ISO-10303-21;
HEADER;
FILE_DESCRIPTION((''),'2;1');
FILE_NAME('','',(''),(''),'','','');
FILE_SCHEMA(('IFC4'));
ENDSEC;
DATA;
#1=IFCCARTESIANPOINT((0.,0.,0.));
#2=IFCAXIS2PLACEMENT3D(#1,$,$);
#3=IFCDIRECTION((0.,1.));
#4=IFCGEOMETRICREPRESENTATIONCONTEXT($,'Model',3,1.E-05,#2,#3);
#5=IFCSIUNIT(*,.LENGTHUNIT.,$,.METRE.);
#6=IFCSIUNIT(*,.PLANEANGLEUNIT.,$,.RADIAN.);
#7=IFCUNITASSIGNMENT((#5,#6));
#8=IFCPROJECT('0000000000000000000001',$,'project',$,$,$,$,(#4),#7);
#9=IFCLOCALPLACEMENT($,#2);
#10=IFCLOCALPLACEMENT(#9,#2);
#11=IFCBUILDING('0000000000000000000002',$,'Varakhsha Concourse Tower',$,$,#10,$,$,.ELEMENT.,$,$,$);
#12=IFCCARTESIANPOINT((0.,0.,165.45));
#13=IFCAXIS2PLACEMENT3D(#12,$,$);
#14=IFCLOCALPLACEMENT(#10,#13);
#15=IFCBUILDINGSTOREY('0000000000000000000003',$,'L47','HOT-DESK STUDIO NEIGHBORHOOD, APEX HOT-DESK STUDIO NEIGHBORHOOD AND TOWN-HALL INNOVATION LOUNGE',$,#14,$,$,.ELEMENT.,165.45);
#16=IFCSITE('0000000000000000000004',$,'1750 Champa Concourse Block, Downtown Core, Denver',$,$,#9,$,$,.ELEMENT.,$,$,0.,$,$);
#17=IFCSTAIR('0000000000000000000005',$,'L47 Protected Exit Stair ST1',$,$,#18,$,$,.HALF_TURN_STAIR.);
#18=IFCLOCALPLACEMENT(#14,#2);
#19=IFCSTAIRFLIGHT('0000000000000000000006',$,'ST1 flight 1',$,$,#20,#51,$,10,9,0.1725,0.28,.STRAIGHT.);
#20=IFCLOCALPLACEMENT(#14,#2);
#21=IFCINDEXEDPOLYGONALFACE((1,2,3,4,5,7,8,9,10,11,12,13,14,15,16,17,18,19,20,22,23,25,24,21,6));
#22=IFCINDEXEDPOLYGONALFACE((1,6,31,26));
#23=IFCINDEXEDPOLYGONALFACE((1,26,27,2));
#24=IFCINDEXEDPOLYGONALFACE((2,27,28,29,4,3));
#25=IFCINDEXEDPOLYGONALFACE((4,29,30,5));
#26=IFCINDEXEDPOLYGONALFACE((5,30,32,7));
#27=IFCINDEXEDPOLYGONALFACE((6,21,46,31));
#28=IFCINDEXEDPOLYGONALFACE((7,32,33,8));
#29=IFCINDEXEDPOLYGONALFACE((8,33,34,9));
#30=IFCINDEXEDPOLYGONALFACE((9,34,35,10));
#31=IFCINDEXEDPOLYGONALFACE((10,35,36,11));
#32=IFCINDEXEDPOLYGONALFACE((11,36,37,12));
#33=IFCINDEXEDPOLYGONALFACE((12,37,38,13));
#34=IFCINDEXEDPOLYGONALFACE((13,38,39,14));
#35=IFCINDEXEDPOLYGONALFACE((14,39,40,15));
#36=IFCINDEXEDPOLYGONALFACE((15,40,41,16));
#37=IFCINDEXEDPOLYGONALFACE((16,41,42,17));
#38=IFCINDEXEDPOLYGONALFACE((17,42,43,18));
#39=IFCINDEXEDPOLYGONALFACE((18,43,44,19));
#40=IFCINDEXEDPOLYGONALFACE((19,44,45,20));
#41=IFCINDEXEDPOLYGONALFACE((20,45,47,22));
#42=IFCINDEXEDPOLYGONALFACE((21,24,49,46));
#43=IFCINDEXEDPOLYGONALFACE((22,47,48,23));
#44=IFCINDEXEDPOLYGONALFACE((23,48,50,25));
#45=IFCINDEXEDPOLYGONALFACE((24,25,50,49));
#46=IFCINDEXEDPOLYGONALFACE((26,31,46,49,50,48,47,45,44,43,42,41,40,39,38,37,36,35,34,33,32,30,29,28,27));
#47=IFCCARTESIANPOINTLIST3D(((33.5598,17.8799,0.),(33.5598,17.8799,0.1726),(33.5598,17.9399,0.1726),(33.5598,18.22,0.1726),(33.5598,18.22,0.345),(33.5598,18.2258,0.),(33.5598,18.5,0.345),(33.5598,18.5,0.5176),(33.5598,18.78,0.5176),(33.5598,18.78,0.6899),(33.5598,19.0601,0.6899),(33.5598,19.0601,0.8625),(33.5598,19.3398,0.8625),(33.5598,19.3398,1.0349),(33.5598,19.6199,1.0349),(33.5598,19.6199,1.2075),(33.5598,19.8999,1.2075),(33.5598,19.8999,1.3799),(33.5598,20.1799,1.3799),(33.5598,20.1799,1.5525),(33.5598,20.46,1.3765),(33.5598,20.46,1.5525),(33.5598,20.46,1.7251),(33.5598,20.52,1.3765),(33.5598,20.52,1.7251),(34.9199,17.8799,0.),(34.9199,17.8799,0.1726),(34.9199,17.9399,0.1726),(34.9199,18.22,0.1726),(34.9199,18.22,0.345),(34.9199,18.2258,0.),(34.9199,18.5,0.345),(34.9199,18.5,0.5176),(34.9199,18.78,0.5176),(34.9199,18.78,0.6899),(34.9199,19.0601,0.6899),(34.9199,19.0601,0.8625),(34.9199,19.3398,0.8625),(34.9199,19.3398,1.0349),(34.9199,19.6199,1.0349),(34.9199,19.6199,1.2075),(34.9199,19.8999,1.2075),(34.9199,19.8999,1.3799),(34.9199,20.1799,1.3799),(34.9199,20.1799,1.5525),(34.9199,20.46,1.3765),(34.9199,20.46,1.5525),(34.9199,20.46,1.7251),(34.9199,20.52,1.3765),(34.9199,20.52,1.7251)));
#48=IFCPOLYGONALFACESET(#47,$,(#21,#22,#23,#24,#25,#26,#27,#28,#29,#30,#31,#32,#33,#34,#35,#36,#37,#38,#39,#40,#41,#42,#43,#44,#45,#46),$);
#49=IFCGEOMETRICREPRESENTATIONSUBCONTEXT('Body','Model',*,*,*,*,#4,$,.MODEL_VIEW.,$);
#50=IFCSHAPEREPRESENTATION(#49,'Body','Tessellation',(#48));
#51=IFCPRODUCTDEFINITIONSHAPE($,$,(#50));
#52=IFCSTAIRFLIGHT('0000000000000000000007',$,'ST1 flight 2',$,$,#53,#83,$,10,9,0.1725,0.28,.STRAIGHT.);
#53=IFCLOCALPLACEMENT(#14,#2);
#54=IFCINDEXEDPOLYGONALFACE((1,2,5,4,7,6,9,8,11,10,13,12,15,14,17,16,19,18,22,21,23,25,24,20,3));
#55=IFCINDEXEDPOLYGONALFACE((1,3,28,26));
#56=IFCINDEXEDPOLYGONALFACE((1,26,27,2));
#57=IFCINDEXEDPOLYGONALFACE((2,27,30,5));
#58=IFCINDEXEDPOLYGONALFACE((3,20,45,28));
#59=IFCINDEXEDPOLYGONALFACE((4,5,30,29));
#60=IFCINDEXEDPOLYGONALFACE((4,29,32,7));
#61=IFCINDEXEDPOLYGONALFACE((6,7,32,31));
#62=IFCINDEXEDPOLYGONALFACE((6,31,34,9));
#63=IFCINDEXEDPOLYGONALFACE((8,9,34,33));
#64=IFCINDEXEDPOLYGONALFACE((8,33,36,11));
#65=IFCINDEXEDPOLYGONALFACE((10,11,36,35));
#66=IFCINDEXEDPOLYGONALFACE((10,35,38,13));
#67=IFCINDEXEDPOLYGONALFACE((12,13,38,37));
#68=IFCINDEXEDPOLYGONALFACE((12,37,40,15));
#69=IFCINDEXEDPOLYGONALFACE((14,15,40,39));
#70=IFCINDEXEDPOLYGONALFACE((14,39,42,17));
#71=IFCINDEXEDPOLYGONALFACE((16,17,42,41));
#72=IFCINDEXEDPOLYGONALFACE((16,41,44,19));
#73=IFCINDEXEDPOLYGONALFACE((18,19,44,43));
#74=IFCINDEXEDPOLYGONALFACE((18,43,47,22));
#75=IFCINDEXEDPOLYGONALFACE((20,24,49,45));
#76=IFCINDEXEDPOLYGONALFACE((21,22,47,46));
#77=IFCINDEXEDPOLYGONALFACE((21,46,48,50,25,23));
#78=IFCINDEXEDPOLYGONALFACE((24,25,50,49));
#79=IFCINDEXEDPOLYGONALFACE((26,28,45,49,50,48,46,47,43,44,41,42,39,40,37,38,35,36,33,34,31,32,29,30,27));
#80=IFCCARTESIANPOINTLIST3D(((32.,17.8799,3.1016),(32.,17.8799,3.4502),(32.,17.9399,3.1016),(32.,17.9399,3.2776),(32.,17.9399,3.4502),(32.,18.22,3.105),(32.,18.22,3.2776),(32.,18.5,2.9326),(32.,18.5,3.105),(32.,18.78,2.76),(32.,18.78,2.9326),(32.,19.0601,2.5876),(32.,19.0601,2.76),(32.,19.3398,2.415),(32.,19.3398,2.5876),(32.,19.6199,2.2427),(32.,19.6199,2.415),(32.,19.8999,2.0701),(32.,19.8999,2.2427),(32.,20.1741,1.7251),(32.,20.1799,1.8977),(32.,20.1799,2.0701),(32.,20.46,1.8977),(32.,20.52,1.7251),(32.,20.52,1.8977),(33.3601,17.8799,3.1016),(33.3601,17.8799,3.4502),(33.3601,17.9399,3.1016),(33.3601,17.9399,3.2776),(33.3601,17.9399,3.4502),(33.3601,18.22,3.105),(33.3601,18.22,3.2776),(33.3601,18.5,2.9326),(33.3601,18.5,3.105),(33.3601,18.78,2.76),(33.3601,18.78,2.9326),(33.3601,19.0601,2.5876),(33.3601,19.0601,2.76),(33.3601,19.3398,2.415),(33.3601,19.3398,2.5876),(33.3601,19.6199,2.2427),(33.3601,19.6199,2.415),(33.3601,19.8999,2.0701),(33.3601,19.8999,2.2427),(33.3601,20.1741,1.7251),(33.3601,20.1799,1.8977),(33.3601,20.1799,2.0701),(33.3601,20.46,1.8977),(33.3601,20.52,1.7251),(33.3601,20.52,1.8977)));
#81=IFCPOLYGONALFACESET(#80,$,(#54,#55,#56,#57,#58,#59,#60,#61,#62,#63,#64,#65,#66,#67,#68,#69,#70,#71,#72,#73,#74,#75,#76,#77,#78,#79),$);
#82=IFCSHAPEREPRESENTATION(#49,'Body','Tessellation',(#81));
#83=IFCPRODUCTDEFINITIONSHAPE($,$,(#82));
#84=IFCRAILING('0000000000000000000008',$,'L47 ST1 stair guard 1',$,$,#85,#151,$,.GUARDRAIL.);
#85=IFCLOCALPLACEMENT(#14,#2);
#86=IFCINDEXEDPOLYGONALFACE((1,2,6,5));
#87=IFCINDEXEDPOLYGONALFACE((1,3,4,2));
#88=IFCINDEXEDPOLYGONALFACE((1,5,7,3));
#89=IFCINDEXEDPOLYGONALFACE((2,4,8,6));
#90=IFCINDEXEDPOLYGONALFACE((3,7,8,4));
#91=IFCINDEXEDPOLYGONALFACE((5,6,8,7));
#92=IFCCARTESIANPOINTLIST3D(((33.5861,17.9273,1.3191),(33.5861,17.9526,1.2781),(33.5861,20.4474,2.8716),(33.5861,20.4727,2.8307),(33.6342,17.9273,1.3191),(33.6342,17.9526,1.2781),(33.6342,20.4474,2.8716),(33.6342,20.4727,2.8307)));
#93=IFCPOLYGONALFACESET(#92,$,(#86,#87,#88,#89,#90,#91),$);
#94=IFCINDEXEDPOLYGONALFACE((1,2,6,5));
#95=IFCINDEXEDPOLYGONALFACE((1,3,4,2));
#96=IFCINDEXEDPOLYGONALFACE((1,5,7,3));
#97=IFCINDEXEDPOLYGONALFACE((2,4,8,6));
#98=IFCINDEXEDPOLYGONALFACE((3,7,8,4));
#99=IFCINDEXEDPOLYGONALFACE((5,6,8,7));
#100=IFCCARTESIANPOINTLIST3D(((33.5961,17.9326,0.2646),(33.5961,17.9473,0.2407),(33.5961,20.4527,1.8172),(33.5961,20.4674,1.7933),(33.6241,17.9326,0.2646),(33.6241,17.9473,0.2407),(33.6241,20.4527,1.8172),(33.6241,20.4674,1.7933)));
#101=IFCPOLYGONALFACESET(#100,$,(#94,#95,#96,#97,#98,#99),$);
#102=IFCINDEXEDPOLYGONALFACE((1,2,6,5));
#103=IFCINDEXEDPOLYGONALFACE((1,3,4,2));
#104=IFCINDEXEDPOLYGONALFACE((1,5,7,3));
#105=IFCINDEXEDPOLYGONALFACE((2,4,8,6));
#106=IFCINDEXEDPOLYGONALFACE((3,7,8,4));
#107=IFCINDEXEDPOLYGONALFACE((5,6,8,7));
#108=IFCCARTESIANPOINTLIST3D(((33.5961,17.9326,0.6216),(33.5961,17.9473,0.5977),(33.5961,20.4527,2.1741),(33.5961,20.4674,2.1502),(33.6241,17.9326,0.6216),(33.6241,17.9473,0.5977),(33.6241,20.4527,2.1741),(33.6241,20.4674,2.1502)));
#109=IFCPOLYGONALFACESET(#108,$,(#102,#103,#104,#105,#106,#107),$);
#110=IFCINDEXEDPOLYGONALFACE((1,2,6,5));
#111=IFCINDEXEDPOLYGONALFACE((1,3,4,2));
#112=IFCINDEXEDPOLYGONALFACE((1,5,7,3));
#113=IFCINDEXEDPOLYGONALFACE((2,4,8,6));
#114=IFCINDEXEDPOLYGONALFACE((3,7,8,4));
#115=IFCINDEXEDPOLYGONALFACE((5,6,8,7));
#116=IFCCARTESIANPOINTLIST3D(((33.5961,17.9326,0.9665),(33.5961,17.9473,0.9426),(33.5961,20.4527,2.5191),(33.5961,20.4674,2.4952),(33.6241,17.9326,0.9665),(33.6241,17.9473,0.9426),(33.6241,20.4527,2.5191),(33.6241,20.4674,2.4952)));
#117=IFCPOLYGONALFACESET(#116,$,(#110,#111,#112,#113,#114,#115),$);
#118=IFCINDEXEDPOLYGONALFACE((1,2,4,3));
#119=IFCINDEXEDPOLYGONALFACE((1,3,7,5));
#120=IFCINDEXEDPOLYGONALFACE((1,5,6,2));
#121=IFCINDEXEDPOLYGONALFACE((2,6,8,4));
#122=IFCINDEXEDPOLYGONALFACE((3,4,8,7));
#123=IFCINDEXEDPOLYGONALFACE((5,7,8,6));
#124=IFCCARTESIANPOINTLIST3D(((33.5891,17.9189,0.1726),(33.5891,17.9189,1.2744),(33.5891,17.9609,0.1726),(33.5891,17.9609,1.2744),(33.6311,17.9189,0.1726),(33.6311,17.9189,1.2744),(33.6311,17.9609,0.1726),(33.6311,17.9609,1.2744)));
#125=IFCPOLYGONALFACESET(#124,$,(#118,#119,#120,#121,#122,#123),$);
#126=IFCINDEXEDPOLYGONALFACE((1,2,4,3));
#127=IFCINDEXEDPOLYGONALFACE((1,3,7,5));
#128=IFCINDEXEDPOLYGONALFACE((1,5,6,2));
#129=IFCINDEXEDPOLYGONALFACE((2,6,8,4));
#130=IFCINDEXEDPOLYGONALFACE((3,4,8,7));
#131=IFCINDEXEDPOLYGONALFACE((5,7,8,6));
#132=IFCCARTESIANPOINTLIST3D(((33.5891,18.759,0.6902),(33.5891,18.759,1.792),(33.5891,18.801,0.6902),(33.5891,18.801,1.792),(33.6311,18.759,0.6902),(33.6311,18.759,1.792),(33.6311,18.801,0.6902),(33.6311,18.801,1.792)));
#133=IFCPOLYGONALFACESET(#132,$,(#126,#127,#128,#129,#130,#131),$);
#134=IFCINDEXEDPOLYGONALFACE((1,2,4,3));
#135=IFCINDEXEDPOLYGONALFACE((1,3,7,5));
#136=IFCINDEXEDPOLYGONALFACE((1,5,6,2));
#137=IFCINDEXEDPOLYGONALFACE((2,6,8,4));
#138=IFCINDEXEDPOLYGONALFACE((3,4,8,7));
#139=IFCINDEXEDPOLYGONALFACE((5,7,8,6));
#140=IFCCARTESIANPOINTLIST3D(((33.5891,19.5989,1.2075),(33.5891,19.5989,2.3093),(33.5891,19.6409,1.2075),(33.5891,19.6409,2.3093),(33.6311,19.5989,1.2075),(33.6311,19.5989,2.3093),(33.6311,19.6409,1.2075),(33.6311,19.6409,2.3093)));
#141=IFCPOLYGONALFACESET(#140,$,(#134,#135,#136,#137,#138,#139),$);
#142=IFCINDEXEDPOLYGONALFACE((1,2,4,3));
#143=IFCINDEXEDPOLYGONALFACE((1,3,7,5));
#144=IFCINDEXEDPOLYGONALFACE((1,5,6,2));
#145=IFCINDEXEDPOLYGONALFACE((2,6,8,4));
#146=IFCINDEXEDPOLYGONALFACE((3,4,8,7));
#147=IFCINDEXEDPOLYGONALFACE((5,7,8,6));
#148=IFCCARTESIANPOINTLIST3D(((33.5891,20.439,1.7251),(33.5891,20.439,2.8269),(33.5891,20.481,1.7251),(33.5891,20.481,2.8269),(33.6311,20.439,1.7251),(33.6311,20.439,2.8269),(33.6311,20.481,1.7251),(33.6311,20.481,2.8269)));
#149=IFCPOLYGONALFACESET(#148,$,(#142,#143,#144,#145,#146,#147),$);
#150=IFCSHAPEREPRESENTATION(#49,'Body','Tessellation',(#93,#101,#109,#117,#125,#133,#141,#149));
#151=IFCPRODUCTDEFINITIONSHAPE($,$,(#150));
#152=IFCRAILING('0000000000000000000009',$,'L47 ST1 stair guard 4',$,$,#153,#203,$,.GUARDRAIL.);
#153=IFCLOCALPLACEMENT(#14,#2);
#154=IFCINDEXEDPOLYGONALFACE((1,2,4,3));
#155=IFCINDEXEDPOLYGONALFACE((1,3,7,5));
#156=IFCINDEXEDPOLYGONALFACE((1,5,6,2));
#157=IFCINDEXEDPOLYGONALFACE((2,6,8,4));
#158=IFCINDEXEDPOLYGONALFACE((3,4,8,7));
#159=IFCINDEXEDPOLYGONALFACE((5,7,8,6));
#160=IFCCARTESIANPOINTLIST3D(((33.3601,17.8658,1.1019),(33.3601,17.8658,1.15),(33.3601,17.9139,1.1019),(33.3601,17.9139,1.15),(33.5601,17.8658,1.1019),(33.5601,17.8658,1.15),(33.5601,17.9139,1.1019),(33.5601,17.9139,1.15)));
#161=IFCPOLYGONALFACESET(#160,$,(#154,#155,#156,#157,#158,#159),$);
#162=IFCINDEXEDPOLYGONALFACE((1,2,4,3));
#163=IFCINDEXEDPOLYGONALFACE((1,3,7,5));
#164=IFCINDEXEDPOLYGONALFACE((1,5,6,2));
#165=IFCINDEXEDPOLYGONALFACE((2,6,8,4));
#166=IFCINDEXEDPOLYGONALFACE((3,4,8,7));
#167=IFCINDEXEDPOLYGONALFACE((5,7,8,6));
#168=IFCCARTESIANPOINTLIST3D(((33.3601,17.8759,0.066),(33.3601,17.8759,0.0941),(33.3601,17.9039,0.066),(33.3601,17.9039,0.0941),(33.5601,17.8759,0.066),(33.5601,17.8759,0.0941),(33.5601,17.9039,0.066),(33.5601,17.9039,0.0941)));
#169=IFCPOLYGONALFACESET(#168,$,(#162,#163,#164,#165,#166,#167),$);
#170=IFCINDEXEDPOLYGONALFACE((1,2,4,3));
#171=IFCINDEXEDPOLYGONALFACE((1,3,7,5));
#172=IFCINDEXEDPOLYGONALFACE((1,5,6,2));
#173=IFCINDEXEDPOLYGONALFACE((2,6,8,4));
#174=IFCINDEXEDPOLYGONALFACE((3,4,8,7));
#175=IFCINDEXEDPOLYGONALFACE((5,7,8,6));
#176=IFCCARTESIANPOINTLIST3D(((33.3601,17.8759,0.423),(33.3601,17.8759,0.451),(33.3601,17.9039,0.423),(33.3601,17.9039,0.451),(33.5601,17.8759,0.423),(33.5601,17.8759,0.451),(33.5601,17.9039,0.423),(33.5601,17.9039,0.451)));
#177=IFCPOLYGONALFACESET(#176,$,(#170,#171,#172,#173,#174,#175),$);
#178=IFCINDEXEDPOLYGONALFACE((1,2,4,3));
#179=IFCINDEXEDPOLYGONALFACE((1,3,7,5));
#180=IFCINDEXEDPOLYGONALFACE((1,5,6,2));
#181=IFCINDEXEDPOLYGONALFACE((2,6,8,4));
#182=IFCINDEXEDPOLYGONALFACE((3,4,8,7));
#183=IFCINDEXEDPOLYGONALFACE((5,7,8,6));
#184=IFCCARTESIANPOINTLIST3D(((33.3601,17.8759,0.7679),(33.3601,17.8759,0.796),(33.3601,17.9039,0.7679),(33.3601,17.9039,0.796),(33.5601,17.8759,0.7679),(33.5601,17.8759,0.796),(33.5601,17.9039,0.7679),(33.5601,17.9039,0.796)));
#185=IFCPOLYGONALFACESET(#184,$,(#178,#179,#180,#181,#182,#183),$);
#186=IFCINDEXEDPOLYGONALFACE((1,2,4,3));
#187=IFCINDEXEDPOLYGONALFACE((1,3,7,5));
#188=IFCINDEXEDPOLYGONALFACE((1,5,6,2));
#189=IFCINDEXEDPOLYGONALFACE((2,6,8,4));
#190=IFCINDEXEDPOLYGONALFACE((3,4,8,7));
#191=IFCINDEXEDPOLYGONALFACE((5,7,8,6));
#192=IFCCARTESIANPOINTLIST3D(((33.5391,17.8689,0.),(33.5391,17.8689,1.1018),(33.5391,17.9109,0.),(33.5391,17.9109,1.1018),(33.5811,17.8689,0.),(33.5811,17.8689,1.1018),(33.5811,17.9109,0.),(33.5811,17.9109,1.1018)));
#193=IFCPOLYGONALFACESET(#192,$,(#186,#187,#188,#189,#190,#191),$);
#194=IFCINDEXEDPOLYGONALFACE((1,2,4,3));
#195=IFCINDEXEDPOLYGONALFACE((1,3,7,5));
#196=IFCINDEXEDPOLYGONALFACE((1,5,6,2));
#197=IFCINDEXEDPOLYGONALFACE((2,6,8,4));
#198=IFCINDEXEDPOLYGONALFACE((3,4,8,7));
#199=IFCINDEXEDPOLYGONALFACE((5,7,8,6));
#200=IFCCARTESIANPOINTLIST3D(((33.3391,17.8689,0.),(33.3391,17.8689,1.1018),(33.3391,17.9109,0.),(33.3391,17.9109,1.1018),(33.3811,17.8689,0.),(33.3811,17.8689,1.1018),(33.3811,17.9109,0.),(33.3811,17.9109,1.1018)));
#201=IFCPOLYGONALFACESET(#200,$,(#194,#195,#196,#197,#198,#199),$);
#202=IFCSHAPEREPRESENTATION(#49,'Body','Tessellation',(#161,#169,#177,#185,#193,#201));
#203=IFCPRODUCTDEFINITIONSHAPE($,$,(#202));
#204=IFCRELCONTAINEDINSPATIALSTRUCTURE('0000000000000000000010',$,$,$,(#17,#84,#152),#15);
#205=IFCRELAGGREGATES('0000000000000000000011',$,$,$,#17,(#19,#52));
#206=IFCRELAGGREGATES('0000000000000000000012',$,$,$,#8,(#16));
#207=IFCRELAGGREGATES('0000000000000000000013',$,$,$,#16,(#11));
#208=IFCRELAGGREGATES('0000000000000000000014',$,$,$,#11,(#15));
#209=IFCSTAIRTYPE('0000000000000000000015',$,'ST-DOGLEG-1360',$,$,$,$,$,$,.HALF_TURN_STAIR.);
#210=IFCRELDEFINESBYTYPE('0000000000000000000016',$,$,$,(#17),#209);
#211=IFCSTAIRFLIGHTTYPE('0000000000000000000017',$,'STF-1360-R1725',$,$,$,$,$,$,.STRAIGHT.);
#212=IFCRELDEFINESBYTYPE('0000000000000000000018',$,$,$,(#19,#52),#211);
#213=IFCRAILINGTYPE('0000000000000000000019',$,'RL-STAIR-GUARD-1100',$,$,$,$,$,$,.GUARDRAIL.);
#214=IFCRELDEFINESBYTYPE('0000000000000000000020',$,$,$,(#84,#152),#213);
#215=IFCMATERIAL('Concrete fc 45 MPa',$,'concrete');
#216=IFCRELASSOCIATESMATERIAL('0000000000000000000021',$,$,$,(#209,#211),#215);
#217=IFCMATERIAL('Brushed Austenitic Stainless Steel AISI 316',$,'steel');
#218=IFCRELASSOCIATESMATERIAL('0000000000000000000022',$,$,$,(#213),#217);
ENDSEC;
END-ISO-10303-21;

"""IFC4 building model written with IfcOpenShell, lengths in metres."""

from ifc_helpers import new_model, si_unit, direction, frame, origin, origin_2d, place, context, subcontext, project, spatial, polyline, rectangle, outline, extrude, material, type_object, element, aggregate, save


model = new_model("IFC4")

# Units and contexts
model_context = context("Model", 3, precision=1e-05, world=origin(), true_north=direction((0.0, 1.0)))
body_context = subcontext(model_context, "Body", "Model", "MODEL_VIEW")
ifc_project = project(units=[si_unit("LENGTHUNIT", "METRE"), si_unit("PLANEANGLEUNIT", "RADIAN")], contexts=[model_context])

# Site, building, storey
site_placement = place(None, origin())
site = spatial("IfcSite", under=ifc_project, at=site_placement, Name="1750 Champa Concourse Block, Downtown Core, Denver", CompositionType="ELEMENT", RefElevation=0.0)
building_placement = place(site_placement, origin())
building = spatial("IfcBuilding", under=site, at=building_placement, Name="Varakhsha Concourse Tower", CompositionType="ELEMENT")
storey_placement = place(building_placement, frame((0.0, 0.0, 165.45)))
storey = spatial("IfcBuildingStorey", under=building, at=storey_placement, Name="L47", Description="HOT-DESK STUDIO NEIGHBORHOOD, APEX HOT-DESK STUDIO NEIGHBORHOOD AND TOWN-HALL INNOVATION LOUNGE", CompositionType="ELEMENT", Elevation=165.45)

# Shared definitions
ifc_material_1 = material(Name="Concrete fc 45 MPa", Category="concrete")

# Stair, stair flights
stair_type = type_object("IfcStairType", Name="ST-DOGLEG-1360", PredefinedType="HALF_TURN_STAIR", material=ifc_material_1)
stair_placement = place(storey_placement, origin())
stair = element("IfcStair", 1, at=stair_placement, inside=storey, type_object=stair_type, Name="L47 Protected Exit Stair ST1", PredefinedType="HALF_TURN_STAIR")
stair_flight_type = type_object("IfcStairFlightType", Name="STF-1360-R1725", PredefinedType="STRAIGHT", material=ifc_material_1)
stair_flight_1_placement = place(storey_placement, frame((34.24, 17.9399, 0.0), z_axis=(0.0, 0.0, 1.0), x_axis=(0.0, 1.0, 0.0)))
stair_flight_1 = element("IfcStairFlight", 2, at=stair_flight_1_placement, type_object=stair_flight_type, Name="ST1 flight 1", NumberOfRisers=10, NumberOfTreads=9, PredefinedType="STRAIGHT", RiserHeight=0.1725, TreadLength=0.28, context=body_context, shape_type="SweptSolid", body=[
    extrude(outline(polyline([(-0.0601, 0.0), (-0.0601, 0.1726), (0.0, 0.1726), (0.28, 0.1726), (0.28, 0.345), (0.5601, 0.345), (0.5601, 0.5176), (0.8401, 0.5176), (0.8401, 0.6899), (1.1201, 0.6899), (1.1201, 0.8625), (1.3999, 0.8625), (1.3999, 1.0349), (1.6799, 1.0349), (1.6799, 1.2075), (1.96, 1.2075), (1.96, 1.3799), (2.24, 1.3799), (2.24, 1.5525), (2.52, 1.5525), (2.52, 1.7251), (2.5801, 1.7251), (2.5801, 1.3765), (2.52, 1.3765), (0.2859, 0.0), (-0.0601, 0.0)])), frame((0.0, 0.6802, 0.0), z_axis=(0.0, -1.0, 0.0), x_axis=(1.0, 0.0, 0.0)), (0.0, 0.0, 1.0), 1.3601),
])
stair_flight_2_placement = place(storey_placement, frame((32.6799, 20.46, 1.7251), z_axis=(0.0, 0.0, 1.0), x_axis=(0.0, -1.0, 0.0)))
stair_flight_2 = element("IfcStairFlight", 3, at=stair_flight_2_placement, type_object=stair_flight_type, Name="ST1 flight 2", NumberOfRisers=10, NumberOfTreads=9, PredefinedType="STRAIGHT", RiserHeight=0.1725, TreadLength=0.28, context=body_context, shape_type="SweptSolid", body=[
    extrude(outline(polyline([(-0.0601, 0.0), (-0.0601, 0.1726), (0.0, 0.1726), (0.28, 0.1726), (0.28, 0.345), (0.5601, 0.345), (0.5601, 0.5176), (0.8401, 0.5176), (0.8401, 0.6899), (1.1201, 0.6899), (1.1201, 0.8625), (1.3999, 0.8625), (1.3999, 1.0349), (1.6799, 1.0349), (1.6799, 1.2075), (1.96, 1.2075), (1.96, 1.3799), (2.24, 1.3799), (2.24, 1.5525), (2.52, 1.5525), (2.52, 1.7251), (2.5801, 1.7251), (2.5801, 1.3765), (2.52, 1.3765), (0.2859, 0.0), (-0.0601, 0.0)])), frame((0.0, 0.6802, 0.0), z_axis=(0.0, -1.0, 0.0), x_axis=(1.0, 0.0, 0.0)), (0.0, 0.0, 1.0), 1.3601),
])
aggregate(stair, [stair_flight_1, stair_flight_2])

# Railings
ifc_material_2 = material(Name="Brushed Austenitic Stainless Steel AISI 316", Category="steel")
railing_type_1 = type_object("IfcRailingType", Name="RL-STAIR-GUARD-1100", PredefinedType="GUARDRAIL", material=ifc_material_2)
railing_1_placement = place(storey_placement, frame((33.6101, 17.9399, 0.1726)))
element("IfcRailing", 4, at=railing_1_placement, inside=storey, type_object=railing_type_1, Name="L47 ST1 stair guard 1", PredefinedType="GUARDRAIL", context=body_context, shape_type="SweptSolid", body=[
    extrude(rectangle(XDim=0.0481, YDim=0.0481, at=origin_2d()), frame((0.0, 0.0, 1.126), z_axis=(0.0, 0.8514, 0.524516), x_axis=(-1.0, 0.0, 0.0)), (0.0, 0.0, 1.0), 2.96),
    extrude(rectangle(XDim=0.0281, YDim=0.0281, at=origin_2d()), frame((0.0, 0.0, 0.0801), z_axis=(0.0, 0.8514, 0.524516), x_axis=(-1.0, 0.0, 0.0)), (0.0, 0.0, 1.0), 2.96),
    extrude(rectangle(XDim=0.0281, YDim=0.0281, at=origin_2d()), frame((0.0, 0.0, 0.437), z_axis=(0.0, 0.8514, 0.524516), x_axis=(-1.0, 0.0, 0.0)), (0.0, 0.0, 1.0), 2.96),
    extrude(rectangle(XDim=0.0281, YDim=0.0281, at=origin_2d()), frame((0.0, 0.0, 0.782), z_axis=(0.0, 0.8514, 0.524516), x_axis=(-1.0, 0.0, 0.0)), (0.0, 0.0, 1.0), 2.96),
    extrude(rectangle(XDim=0.042, YDim=0.042, at=origin_2d()), origin(), (0.0, 0.0, 1.0), 1.1018),
    extrude(rectangle(XDim=0.042, YDim=0.042, at=origin_2d()), frame((0.0, 0.8401, 0.5176)), (0.0, 0.0, 1.0), 1.1018),
    extrude(rectangle(XDim=0.042, YDim=0.042, at=origin_2d()), frame((0.0, 1.6799, 1.0349)), (0.0, 0.0, 1.0), 1.1018),
    extrude(rectangle(XDim=0.042, YDim=0.042, at=origin_2d()), frame((0.0, 2.52, 1.5525)), (0.0, 0.0, 1.0), 1.1018),
])
railing_2_placement = place(storey_placement, frame((33.5601, 17.8899, 0.0)))
element("IfcRailing", 5, at=railing_2_placement, inside=storey, type_object=railing_type_1, Name="L47 ST1 stair guard 4", PredefinedType="GUARDRAIL", context=body_context, shape_type="SweptSolid", body=[
    extrude(rectangle(XDim=0.0481, YDim=0.0481, at=origin_2d()), frame((0.0, 0.0, 1.126), z_axis=(-1.0, 0.0, 0.0), x_axis=(0.0, -1.0, 0.0)), (0.0, 0.0, 1.0), 0.2),
    extrude(rectangle(XDim=0.0281, YDim=0.0281, at=origin_2d()), frame((0.0, 0.0, 0.0801), z_axis=(-1.0, 0.0, 0.0), x_axis=(0.0, -1.0, 0.0)), (0.0, 0.0, 1.0), 0.2),
    extrude(rectangle(XDim=0.0281, YDim=0.0281, at=origin_2d()), frame((0.0, 0.0, 0.437), z_axis=(-1.0, 0.0, 0.0), x_axis=(0.0, -1.0, 0.0)), (0.0, 0.0, 1.0), 0.2),
    extrude(rectangle(XDim=0.0281, YDim=0.0281, at=origin_2d()), frame((0.0, 0.0, 0.782), z_axis=(-1.0, 0.0, 0.0), x_axis=(0.0, -1.0, 0.0)), (0.0, 0.0, 1.0), 0.2),
    extrude(rectangle(XDim=0.042, YDim=0.042, at=origin_2d()), origin(), (0.0, 0.0, 1.0), 1.1018),
    extrude(rectangle(XDim=0.042, YDim=0.042, at=origin_2d()), frame((-0.2, 0.0, 0.0)), (0.0, 0.0, 1.0), 1.1018),
])

save(model, "model.ifc")
